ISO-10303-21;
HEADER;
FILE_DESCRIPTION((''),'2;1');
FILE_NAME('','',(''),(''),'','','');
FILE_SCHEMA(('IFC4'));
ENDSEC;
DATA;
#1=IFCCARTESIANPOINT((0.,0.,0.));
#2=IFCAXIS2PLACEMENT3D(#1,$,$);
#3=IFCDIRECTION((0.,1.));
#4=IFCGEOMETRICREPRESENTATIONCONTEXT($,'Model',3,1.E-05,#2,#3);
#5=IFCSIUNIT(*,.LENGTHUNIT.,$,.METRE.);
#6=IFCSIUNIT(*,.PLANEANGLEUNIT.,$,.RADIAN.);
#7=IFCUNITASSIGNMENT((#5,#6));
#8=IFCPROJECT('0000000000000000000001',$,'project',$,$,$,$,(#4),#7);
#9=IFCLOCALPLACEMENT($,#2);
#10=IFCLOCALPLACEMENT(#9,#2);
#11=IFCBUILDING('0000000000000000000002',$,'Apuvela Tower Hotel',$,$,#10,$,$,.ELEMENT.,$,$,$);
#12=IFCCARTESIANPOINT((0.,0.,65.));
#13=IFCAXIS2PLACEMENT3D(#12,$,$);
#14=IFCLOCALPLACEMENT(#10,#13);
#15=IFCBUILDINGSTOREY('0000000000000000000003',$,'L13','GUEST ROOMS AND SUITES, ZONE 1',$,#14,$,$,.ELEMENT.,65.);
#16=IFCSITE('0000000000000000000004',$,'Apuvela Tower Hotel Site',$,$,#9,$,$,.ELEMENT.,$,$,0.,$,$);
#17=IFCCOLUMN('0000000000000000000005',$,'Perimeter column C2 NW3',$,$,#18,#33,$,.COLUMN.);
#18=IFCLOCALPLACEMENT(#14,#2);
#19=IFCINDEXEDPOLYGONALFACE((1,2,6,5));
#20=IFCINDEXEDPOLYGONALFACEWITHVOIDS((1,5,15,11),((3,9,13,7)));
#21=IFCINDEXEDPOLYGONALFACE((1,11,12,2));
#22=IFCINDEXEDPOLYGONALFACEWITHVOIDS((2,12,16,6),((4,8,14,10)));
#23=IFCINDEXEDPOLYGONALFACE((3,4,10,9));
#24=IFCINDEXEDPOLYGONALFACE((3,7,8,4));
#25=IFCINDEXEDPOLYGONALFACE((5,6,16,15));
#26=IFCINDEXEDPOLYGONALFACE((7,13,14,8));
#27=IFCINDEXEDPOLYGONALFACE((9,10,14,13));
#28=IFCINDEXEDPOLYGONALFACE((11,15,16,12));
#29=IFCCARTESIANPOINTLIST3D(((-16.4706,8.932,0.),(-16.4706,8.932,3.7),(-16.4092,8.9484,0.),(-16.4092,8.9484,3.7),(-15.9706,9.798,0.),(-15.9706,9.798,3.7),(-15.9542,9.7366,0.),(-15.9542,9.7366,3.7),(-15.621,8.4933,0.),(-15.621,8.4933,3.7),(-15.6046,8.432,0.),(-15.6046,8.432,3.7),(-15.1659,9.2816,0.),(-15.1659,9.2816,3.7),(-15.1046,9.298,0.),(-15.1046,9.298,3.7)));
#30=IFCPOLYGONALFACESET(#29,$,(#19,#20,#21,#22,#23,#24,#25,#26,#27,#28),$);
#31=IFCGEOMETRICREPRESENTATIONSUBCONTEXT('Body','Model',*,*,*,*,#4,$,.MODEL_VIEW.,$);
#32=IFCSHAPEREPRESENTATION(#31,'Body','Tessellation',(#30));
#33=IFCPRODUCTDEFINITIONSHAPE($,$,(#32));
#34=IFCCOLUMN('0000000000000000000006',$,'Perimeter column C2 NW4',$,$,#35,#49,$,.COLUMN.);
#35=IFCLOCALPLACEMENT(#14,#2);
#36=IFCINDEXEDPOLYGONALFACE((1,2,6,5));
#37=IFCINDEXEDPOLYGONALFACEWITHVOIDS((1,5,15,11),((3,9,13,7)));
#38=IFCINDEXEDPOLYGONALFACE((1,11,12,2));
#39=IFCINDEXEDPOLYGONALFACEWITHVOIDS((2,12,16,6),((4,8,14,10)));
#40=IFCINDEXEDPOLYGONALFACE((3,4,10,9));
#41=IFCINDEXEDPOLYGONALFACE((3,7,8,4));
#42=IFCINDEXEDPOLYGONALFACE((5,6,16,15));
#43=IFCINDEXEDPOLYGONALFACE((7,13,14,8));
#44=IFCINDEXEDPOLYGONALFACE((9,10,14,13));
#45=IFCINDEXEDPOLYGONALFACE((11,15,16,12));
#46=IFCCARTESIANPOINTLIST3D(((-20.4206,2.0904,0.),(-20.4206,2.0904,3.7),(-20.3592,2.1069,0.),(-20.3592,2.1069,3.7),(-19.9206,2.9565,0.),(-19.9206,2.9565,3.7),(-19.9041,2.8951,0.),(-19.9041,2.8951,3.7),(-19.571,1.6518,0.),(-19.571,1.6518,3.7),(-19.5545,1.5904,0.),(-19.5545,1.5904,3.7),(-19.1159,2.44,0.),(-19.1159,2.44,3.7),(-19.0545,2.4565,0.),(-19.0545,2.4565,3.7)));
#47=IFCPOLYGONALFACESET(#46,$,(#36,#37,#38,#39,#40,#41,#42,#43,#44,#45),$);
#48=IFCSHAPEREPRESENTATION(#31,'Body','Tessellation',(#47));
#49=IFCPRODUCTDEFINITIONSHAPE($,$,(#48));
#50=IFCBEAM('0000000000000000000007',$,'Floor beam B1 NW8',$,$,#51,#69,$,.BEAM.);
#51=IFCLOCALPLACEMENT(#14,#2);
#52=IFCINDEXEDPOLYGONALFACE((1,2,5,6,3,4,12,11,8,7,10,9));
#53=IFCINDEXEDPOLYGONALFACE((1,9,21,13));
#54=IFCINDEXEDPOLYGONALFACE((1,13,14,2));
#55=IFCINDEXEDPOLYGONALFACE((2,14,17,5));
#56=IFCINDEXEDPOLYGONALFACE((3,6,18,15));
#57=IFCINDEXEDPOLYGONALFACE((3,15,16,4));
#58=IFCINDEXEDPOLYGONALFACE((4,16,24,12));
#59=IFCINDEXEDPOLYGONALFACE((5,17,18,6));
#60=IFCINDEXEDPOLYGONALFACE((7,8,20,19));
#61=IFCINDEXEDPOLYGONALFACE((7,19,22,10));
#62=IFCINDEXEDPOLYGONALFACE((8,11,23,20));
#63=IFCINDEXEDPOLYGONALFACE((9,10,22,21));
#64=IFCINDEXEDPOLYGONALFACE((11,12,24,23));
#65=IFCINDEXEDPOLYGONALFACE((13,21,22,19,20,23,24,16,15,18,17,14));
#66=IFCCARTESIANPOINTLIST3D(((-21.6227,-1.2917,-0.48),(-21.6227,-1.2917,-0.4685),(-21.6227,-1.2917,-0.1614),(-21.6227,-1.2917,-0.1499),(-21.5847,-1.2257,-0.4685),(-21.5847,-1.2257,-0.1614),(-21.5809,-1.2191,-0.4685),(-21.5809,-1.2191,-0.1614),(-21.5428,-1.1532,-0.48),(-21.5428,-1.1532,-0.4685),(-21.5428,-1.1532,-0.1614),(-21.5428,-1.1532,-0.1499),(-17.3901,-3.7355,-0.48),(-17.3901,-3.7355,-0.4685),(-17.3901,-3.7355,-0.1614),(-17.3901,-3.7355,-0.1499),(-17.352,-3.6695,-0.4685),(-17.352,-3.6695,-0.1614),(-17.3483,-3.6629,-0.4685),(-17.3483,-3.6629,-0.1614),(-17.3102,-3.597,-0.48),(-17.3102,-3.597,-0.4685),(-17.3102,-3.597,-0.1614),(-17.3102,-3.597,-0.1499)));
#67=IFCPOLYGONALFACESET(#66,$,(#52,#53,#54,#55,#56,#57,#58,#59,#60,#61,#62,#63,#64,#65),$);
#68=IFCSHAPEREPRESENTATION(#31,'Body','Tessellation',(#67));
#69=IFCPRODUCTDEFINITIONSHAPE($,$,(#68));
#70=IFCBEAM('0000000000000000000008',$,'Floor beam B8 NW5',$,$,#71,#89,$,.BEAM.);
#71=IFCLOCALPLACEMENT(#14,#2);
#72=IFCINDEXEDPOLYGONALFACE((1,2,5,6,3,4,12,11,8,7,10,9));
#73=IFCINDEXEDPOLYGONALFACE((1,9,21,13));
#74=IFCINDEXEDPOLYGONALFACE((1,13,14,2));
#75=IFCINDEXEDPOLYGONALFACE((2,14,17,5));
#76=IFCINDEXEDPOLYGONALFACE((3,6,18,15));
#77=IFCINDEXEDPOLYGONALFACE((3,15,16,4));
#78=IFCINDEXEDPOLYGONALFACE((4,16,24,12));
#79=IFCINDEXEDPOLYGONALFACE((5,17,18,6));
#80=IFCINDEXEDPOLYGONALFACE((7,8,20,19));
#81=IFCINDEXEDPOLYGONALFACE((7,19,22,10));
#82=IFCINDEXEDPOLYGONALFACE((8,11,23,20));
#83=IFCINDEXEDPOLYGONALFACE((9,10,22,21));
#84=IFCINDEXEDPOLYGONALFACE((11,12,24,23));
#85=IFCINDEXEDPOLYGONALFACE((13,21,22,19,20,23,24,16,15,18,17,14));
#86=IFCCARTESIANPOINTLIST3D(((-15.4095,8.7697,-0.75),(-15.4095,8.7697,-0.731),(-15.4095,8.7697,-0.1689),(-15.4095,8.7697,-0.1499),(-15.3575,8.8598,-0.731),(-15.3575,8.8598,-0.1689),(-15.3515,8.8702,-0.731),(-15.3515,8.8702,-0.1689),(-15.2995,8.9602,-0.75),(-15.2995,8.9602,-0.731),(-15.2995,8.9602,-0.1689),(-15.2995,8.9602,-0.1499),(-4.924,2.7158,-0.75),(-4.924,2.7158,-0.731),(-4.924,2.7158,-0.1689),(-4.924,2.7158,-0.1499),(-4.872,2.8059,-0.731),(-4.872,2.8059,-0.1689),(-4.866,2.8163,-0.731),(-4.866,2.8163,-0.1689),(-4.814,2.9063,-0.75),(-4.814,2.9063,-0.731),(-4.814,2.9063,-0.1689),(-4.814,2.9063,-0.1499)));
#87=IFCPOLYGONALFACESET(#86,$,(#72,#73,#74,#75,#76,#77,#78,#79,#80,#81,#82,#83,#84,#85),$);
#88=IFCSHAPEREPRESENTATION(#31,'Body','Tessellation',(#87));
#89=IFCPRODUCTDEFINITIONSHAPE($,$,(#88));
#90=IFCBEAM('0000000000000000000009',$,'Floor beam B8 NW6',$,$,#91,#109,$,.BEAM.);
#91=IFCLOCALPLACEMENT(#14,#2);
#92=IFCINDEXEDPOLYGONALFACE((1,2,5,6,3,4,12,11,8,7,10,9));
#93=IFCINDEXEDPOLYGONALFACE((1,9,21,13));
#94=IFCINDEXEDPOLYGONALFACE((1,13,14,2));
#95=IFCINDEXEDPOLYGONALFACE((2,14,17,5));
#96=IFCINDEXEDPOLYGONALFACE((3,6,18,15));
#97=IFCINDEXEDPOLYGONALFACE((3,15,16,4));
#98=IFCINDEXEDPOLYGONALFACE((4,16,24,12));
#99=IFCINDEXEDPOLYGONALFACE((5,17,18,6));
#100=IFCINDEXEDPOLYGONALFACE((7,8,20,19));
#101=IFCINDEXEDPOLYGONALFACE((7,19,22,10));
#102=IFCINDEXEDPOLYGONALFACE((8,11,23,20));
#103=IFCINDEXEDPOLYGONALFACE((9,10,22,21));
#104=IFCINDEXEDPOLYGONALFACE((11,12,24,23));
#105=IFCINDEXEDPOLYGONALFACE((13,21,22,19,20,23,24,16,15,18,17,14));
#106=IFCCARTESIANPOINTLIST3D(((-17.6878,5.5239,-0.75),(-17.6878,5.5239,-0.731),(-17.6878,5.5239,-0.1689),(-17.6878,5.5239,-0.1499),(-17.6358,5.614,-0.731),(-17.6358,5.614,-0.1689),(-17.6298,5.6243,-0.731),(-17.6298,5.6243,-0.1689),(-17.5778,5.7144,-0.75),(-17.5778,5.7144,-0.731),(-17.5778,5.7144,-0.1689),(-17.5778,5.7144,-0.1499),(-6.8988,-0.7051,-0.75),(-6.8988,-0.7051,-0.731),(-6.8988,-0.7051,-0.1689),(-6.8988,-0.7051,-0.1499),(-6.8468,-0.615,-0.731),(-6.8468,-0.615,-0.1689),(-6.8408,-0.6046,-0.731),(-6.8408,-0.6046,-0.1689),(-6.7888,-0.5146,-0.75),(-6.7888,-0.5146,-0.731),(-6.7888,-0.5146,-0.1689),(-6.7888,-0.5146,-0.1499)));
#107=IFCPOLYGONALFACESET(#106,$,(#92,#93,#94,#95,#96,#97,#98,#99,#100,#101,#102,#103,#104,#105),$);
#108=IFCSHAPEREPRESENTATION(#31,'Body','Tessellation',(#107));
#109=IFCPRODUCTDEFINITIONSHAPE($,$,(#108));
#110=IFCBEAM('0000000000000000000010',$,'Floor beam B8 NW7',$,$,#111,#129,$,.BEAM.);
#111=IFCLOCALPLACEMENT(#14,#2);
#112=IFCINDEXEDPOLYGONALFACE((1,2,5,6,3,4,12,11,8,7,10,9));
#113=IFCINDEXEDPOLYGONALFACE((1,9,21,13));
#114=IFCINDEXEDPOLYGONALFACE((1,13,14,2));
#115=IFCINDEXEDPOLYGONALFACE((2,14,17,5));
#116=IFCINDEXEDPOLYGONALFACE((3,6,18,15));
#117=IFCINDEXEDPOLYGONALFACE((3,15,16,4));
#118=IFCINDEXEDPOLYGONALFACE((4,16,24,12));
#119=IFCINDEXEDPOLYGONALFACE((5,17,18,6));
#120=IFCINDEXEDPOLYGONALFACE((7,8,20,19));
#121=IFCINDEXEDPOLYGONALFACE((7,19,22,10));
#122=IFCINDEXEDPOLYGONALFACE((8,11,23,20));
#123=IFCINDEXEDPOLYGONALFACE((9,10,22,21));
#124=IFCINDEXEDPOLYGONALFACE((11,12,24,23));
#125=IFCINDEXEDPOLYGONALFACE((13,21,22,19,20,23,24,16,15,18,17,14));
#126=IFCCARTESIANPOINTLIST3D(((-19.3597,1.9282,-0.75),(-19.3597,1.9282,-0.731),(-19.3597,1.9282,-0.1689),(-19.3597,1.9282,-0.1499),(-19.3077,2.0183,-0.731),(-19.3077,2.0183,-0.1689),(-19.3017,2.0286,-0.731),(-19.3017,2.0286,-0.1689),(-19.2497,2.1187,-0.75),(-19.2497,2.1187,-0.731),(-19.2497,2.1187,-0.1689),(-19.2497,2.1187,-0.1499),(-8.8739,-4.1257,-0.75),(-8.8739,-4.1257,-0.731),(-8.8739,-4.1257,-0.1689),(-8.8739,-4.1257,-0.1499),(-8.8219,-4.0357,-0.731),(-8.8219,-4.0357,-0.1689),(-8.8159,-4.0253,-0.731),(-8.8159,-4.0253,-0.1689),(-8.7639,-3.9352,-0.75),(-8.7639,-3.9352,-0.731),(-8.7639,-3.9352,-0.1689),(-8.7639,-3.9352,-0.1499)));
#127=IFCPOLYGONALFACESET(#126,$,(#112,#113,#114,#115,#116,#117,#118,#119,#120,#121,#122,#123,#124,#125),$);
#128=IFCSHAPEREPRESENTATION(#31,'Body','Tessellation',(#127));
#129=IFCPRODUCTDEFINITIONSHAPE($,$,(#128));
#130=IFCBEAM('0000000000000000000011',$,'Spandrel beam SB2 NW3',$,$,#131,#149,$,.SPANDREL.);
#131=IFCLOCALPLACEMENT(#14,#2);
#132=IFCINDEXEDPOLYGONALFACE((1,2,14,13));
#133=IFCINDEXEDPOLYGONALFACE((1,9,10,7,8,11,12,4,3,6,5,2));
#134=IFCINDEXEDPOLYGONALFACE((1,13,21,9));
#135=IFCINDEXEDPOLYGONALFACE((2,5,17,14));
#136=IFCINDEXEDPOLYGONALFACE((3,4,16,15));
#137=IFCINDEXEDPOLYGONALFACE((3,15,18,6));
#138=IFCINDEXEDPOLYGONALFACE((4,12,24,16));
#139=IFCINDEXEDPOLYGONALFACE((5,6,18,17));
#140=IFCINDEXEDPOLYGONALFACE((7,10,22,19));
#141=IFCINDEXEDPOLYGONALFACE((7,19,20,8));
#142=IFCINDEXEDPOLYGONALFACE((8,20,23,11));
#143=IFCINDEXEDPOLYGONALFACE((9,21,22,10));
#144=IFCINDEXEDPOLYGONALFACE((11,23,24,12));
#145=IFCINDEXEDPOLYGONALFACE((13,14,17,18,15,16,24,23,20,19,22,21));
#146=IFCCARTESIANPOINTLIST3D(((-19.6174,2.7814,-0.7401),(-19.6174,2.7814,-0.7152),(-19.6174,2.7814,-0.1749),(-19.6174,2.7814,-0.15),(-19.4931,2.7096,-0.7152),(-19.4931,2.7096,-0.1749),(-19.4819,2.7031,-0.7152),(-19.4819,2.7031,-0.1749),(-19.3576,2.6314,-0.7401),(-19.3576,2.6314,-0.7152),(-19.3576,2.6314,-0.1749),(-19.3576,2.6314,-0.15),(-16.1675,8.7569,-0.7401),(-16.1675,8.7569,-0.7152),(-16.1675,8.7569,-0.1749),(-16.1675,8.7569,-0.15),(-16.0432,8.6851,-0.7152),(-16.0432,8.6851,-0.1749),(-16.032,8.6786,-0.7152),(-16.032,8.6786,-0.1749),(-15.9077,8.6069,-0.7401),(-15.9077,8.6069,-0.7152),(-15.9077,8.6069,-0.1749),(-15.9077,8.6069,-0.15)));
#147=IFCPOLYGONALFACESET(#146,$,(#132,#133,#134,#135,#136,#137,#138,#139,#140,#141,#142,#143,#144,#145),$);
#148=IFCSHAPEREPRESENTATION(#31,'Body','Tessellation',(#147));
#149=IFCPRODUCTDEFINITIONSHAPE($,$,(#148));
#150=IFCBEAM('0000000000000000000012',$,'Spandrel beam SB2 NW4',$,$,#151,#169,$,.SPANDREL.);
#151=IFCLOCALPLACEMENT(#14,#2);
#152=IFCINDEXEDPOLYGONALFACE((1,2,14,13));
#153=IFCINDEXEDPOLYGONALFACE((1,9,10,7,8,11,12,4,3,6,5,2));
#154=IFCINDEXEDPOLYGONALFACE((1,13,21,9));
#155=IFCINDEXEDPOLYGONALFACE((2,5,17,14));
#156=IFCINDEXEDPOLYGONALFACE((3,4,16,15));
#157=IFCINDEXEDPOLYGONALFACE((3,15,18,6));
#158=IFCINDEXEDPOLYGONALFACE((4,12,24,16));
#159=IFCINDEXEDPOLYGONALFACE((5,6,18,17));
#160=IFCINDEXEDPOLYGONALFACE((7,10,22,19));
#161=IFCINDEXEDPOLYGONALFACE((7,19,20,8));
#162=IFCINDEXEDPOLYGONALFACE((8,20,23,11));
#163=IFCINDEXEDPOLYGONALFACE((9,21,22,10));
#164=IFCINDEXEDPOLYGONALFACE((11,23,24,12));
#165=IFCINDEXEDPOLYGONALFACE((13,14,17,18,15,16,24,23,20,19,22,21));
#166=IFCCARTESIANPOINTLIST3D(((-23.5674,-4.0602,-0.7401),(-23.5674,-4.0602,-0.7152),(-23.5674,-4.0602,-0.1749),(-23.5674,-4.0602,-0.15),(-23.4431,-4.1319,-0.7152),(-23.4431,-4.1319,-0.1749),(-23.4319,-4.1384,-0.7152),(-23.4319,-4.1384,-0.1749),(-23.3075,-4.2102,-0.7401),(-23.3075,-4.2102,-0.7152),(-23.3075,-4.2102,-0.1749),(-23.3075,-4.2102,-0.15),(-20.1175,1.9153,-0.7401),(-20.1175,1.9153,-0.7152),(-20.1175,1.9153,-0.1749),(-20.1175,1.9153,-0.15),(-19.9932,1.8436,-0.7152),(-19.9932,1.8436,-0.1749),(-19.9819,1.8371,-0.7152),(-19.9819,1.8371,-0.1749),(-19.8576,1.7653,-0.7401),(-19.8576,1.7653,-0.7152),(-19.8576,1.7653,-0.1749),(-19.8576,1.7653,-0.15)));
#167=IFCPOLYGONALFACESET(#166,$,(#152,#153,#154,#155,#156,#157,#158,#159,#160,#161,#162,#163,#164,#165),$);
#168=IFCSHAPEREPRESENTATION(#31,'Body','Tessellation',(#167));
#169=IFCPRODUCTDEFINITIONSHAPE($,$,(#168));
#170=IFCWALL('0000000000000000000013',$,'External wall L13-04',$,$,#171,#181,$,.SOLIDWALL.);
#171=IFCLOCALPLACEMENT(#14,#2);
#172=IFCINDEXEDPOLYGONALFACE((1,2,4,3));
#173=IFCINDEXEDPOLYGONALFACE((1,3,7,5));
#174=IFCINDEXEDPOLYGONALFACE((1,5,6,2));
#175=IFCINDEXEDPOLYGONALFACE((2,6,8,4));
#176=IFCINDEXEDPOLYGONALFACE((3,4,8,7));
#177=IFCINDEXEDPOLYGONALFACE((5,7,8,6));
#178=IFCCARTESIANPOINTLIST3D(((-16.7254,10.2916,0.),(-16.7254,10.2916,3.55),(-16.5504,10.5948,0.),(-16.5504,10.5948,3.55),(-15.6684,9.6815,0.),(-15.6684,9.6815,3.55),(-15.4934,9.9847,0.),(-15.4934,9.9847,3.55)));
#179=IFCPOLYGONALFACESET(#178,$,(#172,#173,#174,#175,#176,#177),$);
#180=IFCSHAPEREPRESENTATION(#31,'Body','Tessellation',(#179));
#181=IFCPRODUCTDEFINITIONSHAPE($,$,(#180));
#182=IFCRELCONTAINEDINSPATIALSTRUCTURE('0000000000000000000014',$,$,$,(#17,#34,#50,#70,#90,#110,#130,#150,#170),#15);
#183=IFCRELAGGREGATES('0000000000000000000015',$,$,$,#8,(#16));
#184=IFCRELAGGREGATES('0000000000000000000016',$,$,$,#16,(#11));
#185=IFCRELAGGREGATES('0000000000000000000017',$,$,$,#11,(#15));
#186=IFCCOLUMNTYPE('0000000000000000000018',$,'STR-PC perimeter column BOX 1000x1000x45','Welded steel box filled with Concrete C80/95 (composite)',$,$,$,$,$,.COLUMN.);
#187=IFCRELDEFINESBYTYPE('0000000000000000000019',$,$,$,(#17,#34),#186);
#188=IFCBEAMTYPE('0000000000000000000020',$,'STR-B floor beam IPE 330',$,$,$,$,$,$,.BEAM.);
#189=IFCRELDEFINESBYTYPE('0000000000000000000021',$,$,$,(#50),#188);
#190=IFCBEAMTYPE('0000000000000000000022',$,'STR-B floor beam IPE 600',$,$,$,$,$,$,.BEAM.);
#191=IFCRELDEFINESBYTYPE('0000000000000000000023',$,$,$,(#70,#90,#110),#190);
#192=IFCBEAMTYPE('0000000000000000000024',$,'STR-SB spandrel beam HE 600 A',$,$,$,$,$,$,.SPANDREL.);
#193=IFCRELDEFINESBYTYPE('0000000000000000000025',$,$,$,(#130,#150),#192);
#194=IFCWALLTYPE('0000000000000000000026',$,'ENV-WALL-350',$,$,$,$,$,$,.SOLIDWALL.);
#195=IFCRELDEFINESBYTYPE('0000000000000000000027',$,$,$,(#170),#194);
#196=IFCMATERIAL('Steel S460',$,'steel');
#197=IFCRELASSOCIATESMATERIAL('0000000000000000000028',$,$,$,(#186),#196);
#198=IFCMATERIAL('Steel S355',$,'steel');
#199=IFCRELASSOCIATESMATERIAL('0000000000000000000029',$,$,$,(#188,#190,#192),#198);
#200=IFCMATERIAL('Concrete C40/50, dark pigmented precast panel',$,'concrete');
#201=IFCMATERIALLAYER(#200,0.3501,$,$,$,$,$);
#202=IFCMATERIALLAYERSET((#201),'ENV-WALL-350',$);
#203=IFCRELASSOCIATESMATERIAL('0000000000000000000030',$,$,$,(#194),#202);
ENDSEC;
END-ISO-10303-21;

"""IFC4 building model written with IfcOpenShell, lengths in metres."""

from ifc_helpers import new_model, si_unit, direction, frame, frame_2d, origin, origin_2d, place, context, subcontext, project, spatial, rectangle, hollow_rectangle, i_section, extrude, material, layer, layer_set, material_profile, profile_set, type_object, element, save


model = new_model("IFC4")

# Units and contexts
model_context = context("Model", 3, precision=1e-05, world=origin(), true_north=direction((0.0, 1.0)))
body_context = subcontext(model_context, "Body", "Model", "MODEL_VIEW")
ifc_project = project(units=[si_unit("LENGTHUNIT", "METRE"), si_unit("PLANEANGLEUNIT", "RADIAN")], contexts=[model_context])

# Site, building, storey
site_placement = place(None, origin())
site = spatial("IfcSite", under=ifc_project, at=site_placement, Name="Apuvela Tower Hotel Site", CompositionType="ELEMENT", RefElevation=0.0)
building_placement = place(site_placement, origin())
building = spatial("IfcBuilding", under=site, at=building_placement, Name="Apuvela Tower Hotel", CompositionType="ELEMENT")
storey_placement = place(building_placement, frame((0.0, 0.0, 65.0)))
storey = spatial("IfcBuildingStorey", under=building, at=storey_placement, Name="L13", Description="GUEST ROOMS AND SUITES, ZONE 1", CompositionType="ELEMENT", Elevation=65.0)

# Columns
ifc_material_1 = material(Name="Steel S460", Category="steel")
ifc_material_profile_1 = material_profile(ifc_material_1, hollow_rectangle(XDim=1.0, YDim=1.0, WallThickness=0.0449, at=origin_2d()), Name="BOX 1000x1000x45")
ifc_material_2 = material(Name="Concrete C80/95", Category="concrete")
ifc_material_profile_2 = material_profile(ifc_material_2, rectangle(XDim=0.9099, YDim=0.9099, at=origin_2d()), Name="Concrete C80/95 infill")
ifc_profile_set_1 = profile_set([ifc_material_profile_1, ifc_material_profile_2], Name="Steel S460")
column_type = type_object("IfcColumnType", Name="STR-PC perimeter column BOX 1000x1000x45", Description="Welded steel box filled with Concrete C80/95 (composite)", PredefinedType="COLUMN", material=ifc_profile_set_1)
for number, where, z_axis, x_axis, name in (
    (1, (-15.7876, 9.115, 0.0), (0.0, 0.0, 1.0), (0.5, 0.866025, 0.0), "Perimeter column C2 NW3"),
    (2, (-19.7375, 2.2734, 0.0), (0.0, 0.0, 1.0), (0.5, 0.866025, 0.0), "Perimeter column C2 NW4"),
):
    element("IfcColumn", number, at=place(storey_placement, frame(where, z_axis=z_axis, x_axis=x_axis)), inside=storey, type_object=column_type, Name=name, PredefinedType="COLUMN", context=body_context, shape_type="SweptSolid", body=[
        extrude(hollow_rectangle(XDim=1.0, YDim=1.0, WallThickness=0.0449, at=origin_2d()), origin(), (0.0, 0.0, 1.0), 3.7),
    ])

# Beams
ifc_material_3 = material(Name="Steel S355", Category="steel")
ifc_material_profile_3 = material_profile(ifc_material_3, i_section(OverallWidth=0.1599, OverallDepth=0.3301, WebThickness=0.0076, FlangeThickness=0.0115, at=origin_2d()), Name="IPE 330")
ifc_profile_set_2 = profile_set([ifc_material_profile_3], Name="Steel S355")
beam_type_1 = type_object("IfcBeamType", Name="STR-B floor beam IPE 330", PredefinedType="BEAM", material=ifc_profile_set_2)
beam_1_placement = place(storey_placement, frame((-21.5828, -1.2224, -0.3149), z_axis=(0.866015, -0.500018, 0.0), x_axis=(0.500018, 0.866015, 0.0)))
element("IfcBeam", 3, at=beam_1_placement, inside=storey, type_object=beam_type_1, Name="Floor beam B1 NW8", PredefinedType="BEAM", context=body_context, shape_type="SweptSolid", body=[
    extrude(i_section(OverallWidth=0.1599, OverallDepth=0.3301, WebThickness=0.0076, FlangeThickness=0.0115, at=origin_2d()), origin(), (0.0, 0.0, 1.0), 4.8875),
])
ifc_material_profile_4 = material_profile(ifc_material_3, i_section(OverallWidth=0.22, OverallDepth=0.6001, WebThickness=0.012, FlangeThickness=0.019, at=origin_2d()), Name="IPE 600")
ifc_profile_set_3 = profile_set([ifc_material_profile_4], Name="Steel S355")
beam_type_2 = type_object("IfcBeamType", Name="STR-B floor beam IPE 600", PredefinedType="BEAM", material=ifc_profile_set_3)
beam_2_placement = place(storey_placement, frame((-15.3545, 8.865, -0.45), z_axis=(0.866022, -0.500006, 0.0), x_axis=(0.500006, 0.866022, 0.0)))
element("IfcBeam", 4, at=beam_2_placement, inside=storey, type_object=beam_type_2, Name="Floor beam B8 NW5", PredefinedType="BEAM", context=body_context, shape_type="SweptSolid", body=[
    extrude(i_section(OverallWidth=0.22, OverallDepth=0.6001, WebThickness=0.012, FlangeThickness=0.019, at=origin_2d()), origin(), (0.0, 0.0, 1.0), 12.1077),
])
beam_3_placement = place(storey_placement, frame((-17.6328, 5.6191, -0.45), z_axis=(0.866028, -0.499996, 0.0), x_axis=(0.499996, 0.866028, 0.0)))
element("IfcBeam", 5, at=beam_3_placement, inside=storey, type_object=beam_type_2, Name="Floor beam B8 NW6", PredefinedType="BEAM", context=body_context, shape_type="SweptSolid", body=[
    extrude(i_section(OverallWidth=0.22, OverallDepth=0.6001, WebThickness=0.012, FlangeThickness=0.019, at=origin_2d()), origin(), (0.0, 0.0, 1.0), 12.458),
])
beam_4_placement = place(storey_placement, frame((-19.3047, 2.0234, -0.45), z_axis=(0.866027, -0.499997, 0.0), x_axis=(0.499997, 0.866027, 0.0)))
element("IfcBeam", 6, at=beam_4_placement, inside=storey, type_object=beam_type_2, Name="Floor beam B8 NW7", PredefinedType="BEAM", context=body_context, shape_type="SweptSolid", body=[
    extrude(i_section(OverallWidth=0.22, OverallDepth=0.6001, WebThickness=0.012, FlangeThickness=0.019, at=origin_2d()), origin(), (0.0, 0.0, 1.0), 12.1079),
])
ifc_material_profile_5 = material_profile(ifc_material_3, i_section(OverallWidth=0.3, OverallDepth=0.5901, WebThickness=0.0129, FlangeThickness=0.0249, at=origin_2d()), Name="HE 600 A")
ifc_profile_set_4 = profile_set([ifc_material_profile_5], Name="Steel S355")
beam_type_3 = type_object("IfcBeamType", Name="STR-SB spandrel beam HE 600 A", PredefinedType="SPANDREL", material=ifc_profile_set_4)
for number, where, z_axis, x_axis, name in (
    (7, (-16.0376, 8.6819, -0.4451), (-0.499994, -0.866029, 0.0), (0.866029, -0.499994, 0.0), "Spandrel beam SB2 NW3"),
    (8, (-19.9875, 1.8403, -0.4451), (-0.499994, -0.866029, 0.0), (0.866029, -0.499994, 0.0), "Spandrel beam SB2 NW4"),
):
    element("IfcBeam", number, at=place(storey_placement, frame(where, z_axis=z_axis, x_axis=x_axis)), inside=storey, type_object=beam_type_3, Name=name, PredefinedType="SPANDREL", context=body_context, shape_type="SweptSolid", body=[
        extrude(i_section(OverallWidth=0.3, OverallDepth=0.5901, WebThickness=0.0129, FlangeThickness=0.0249, at=origin_2d()), origin(), (0.0, 0.0, 1.0), 6.8999),
    ])

# Wall
ifc_material_4 = material(Name="Concrete C40/50, dark pigmented precast panel", Category="concrete")
ifc_layer_1 = layer(ifc_material_4, 0.3501)
ifc_layer_set_1 = layer_set([ifc_layer_1], Name="ENV-WALL-350")
wall_type_1 = type_object("IfcWallType", Name="ENV-WALL-350", PredefinedType="SOLIDWALL", material=ifc_layer_set_1)
wall_1_placement = place(storey_placement, frame((-15.5808, 9.833, 0.0), z_axis=(0.0, 0.0, 1.0), x_axis=(-0.866056, 0.499948, 0.0)))
element("IfcWall", 9, at=wall_1_placement, inside=storey, type_object=wall_type_1, Name="External wall L13-04", PredefinedType="SOLIDWALL", context=body_context, shape_type="SweptSolid", body=[
    extrude(rectangle(XDim=1.2205, YDim=0.3501, at=frame_2d((0.6104, 0.0))), origin(), (0.0, 0.0, 1.0), 3.55),
])

save(model, "model.ifc")
